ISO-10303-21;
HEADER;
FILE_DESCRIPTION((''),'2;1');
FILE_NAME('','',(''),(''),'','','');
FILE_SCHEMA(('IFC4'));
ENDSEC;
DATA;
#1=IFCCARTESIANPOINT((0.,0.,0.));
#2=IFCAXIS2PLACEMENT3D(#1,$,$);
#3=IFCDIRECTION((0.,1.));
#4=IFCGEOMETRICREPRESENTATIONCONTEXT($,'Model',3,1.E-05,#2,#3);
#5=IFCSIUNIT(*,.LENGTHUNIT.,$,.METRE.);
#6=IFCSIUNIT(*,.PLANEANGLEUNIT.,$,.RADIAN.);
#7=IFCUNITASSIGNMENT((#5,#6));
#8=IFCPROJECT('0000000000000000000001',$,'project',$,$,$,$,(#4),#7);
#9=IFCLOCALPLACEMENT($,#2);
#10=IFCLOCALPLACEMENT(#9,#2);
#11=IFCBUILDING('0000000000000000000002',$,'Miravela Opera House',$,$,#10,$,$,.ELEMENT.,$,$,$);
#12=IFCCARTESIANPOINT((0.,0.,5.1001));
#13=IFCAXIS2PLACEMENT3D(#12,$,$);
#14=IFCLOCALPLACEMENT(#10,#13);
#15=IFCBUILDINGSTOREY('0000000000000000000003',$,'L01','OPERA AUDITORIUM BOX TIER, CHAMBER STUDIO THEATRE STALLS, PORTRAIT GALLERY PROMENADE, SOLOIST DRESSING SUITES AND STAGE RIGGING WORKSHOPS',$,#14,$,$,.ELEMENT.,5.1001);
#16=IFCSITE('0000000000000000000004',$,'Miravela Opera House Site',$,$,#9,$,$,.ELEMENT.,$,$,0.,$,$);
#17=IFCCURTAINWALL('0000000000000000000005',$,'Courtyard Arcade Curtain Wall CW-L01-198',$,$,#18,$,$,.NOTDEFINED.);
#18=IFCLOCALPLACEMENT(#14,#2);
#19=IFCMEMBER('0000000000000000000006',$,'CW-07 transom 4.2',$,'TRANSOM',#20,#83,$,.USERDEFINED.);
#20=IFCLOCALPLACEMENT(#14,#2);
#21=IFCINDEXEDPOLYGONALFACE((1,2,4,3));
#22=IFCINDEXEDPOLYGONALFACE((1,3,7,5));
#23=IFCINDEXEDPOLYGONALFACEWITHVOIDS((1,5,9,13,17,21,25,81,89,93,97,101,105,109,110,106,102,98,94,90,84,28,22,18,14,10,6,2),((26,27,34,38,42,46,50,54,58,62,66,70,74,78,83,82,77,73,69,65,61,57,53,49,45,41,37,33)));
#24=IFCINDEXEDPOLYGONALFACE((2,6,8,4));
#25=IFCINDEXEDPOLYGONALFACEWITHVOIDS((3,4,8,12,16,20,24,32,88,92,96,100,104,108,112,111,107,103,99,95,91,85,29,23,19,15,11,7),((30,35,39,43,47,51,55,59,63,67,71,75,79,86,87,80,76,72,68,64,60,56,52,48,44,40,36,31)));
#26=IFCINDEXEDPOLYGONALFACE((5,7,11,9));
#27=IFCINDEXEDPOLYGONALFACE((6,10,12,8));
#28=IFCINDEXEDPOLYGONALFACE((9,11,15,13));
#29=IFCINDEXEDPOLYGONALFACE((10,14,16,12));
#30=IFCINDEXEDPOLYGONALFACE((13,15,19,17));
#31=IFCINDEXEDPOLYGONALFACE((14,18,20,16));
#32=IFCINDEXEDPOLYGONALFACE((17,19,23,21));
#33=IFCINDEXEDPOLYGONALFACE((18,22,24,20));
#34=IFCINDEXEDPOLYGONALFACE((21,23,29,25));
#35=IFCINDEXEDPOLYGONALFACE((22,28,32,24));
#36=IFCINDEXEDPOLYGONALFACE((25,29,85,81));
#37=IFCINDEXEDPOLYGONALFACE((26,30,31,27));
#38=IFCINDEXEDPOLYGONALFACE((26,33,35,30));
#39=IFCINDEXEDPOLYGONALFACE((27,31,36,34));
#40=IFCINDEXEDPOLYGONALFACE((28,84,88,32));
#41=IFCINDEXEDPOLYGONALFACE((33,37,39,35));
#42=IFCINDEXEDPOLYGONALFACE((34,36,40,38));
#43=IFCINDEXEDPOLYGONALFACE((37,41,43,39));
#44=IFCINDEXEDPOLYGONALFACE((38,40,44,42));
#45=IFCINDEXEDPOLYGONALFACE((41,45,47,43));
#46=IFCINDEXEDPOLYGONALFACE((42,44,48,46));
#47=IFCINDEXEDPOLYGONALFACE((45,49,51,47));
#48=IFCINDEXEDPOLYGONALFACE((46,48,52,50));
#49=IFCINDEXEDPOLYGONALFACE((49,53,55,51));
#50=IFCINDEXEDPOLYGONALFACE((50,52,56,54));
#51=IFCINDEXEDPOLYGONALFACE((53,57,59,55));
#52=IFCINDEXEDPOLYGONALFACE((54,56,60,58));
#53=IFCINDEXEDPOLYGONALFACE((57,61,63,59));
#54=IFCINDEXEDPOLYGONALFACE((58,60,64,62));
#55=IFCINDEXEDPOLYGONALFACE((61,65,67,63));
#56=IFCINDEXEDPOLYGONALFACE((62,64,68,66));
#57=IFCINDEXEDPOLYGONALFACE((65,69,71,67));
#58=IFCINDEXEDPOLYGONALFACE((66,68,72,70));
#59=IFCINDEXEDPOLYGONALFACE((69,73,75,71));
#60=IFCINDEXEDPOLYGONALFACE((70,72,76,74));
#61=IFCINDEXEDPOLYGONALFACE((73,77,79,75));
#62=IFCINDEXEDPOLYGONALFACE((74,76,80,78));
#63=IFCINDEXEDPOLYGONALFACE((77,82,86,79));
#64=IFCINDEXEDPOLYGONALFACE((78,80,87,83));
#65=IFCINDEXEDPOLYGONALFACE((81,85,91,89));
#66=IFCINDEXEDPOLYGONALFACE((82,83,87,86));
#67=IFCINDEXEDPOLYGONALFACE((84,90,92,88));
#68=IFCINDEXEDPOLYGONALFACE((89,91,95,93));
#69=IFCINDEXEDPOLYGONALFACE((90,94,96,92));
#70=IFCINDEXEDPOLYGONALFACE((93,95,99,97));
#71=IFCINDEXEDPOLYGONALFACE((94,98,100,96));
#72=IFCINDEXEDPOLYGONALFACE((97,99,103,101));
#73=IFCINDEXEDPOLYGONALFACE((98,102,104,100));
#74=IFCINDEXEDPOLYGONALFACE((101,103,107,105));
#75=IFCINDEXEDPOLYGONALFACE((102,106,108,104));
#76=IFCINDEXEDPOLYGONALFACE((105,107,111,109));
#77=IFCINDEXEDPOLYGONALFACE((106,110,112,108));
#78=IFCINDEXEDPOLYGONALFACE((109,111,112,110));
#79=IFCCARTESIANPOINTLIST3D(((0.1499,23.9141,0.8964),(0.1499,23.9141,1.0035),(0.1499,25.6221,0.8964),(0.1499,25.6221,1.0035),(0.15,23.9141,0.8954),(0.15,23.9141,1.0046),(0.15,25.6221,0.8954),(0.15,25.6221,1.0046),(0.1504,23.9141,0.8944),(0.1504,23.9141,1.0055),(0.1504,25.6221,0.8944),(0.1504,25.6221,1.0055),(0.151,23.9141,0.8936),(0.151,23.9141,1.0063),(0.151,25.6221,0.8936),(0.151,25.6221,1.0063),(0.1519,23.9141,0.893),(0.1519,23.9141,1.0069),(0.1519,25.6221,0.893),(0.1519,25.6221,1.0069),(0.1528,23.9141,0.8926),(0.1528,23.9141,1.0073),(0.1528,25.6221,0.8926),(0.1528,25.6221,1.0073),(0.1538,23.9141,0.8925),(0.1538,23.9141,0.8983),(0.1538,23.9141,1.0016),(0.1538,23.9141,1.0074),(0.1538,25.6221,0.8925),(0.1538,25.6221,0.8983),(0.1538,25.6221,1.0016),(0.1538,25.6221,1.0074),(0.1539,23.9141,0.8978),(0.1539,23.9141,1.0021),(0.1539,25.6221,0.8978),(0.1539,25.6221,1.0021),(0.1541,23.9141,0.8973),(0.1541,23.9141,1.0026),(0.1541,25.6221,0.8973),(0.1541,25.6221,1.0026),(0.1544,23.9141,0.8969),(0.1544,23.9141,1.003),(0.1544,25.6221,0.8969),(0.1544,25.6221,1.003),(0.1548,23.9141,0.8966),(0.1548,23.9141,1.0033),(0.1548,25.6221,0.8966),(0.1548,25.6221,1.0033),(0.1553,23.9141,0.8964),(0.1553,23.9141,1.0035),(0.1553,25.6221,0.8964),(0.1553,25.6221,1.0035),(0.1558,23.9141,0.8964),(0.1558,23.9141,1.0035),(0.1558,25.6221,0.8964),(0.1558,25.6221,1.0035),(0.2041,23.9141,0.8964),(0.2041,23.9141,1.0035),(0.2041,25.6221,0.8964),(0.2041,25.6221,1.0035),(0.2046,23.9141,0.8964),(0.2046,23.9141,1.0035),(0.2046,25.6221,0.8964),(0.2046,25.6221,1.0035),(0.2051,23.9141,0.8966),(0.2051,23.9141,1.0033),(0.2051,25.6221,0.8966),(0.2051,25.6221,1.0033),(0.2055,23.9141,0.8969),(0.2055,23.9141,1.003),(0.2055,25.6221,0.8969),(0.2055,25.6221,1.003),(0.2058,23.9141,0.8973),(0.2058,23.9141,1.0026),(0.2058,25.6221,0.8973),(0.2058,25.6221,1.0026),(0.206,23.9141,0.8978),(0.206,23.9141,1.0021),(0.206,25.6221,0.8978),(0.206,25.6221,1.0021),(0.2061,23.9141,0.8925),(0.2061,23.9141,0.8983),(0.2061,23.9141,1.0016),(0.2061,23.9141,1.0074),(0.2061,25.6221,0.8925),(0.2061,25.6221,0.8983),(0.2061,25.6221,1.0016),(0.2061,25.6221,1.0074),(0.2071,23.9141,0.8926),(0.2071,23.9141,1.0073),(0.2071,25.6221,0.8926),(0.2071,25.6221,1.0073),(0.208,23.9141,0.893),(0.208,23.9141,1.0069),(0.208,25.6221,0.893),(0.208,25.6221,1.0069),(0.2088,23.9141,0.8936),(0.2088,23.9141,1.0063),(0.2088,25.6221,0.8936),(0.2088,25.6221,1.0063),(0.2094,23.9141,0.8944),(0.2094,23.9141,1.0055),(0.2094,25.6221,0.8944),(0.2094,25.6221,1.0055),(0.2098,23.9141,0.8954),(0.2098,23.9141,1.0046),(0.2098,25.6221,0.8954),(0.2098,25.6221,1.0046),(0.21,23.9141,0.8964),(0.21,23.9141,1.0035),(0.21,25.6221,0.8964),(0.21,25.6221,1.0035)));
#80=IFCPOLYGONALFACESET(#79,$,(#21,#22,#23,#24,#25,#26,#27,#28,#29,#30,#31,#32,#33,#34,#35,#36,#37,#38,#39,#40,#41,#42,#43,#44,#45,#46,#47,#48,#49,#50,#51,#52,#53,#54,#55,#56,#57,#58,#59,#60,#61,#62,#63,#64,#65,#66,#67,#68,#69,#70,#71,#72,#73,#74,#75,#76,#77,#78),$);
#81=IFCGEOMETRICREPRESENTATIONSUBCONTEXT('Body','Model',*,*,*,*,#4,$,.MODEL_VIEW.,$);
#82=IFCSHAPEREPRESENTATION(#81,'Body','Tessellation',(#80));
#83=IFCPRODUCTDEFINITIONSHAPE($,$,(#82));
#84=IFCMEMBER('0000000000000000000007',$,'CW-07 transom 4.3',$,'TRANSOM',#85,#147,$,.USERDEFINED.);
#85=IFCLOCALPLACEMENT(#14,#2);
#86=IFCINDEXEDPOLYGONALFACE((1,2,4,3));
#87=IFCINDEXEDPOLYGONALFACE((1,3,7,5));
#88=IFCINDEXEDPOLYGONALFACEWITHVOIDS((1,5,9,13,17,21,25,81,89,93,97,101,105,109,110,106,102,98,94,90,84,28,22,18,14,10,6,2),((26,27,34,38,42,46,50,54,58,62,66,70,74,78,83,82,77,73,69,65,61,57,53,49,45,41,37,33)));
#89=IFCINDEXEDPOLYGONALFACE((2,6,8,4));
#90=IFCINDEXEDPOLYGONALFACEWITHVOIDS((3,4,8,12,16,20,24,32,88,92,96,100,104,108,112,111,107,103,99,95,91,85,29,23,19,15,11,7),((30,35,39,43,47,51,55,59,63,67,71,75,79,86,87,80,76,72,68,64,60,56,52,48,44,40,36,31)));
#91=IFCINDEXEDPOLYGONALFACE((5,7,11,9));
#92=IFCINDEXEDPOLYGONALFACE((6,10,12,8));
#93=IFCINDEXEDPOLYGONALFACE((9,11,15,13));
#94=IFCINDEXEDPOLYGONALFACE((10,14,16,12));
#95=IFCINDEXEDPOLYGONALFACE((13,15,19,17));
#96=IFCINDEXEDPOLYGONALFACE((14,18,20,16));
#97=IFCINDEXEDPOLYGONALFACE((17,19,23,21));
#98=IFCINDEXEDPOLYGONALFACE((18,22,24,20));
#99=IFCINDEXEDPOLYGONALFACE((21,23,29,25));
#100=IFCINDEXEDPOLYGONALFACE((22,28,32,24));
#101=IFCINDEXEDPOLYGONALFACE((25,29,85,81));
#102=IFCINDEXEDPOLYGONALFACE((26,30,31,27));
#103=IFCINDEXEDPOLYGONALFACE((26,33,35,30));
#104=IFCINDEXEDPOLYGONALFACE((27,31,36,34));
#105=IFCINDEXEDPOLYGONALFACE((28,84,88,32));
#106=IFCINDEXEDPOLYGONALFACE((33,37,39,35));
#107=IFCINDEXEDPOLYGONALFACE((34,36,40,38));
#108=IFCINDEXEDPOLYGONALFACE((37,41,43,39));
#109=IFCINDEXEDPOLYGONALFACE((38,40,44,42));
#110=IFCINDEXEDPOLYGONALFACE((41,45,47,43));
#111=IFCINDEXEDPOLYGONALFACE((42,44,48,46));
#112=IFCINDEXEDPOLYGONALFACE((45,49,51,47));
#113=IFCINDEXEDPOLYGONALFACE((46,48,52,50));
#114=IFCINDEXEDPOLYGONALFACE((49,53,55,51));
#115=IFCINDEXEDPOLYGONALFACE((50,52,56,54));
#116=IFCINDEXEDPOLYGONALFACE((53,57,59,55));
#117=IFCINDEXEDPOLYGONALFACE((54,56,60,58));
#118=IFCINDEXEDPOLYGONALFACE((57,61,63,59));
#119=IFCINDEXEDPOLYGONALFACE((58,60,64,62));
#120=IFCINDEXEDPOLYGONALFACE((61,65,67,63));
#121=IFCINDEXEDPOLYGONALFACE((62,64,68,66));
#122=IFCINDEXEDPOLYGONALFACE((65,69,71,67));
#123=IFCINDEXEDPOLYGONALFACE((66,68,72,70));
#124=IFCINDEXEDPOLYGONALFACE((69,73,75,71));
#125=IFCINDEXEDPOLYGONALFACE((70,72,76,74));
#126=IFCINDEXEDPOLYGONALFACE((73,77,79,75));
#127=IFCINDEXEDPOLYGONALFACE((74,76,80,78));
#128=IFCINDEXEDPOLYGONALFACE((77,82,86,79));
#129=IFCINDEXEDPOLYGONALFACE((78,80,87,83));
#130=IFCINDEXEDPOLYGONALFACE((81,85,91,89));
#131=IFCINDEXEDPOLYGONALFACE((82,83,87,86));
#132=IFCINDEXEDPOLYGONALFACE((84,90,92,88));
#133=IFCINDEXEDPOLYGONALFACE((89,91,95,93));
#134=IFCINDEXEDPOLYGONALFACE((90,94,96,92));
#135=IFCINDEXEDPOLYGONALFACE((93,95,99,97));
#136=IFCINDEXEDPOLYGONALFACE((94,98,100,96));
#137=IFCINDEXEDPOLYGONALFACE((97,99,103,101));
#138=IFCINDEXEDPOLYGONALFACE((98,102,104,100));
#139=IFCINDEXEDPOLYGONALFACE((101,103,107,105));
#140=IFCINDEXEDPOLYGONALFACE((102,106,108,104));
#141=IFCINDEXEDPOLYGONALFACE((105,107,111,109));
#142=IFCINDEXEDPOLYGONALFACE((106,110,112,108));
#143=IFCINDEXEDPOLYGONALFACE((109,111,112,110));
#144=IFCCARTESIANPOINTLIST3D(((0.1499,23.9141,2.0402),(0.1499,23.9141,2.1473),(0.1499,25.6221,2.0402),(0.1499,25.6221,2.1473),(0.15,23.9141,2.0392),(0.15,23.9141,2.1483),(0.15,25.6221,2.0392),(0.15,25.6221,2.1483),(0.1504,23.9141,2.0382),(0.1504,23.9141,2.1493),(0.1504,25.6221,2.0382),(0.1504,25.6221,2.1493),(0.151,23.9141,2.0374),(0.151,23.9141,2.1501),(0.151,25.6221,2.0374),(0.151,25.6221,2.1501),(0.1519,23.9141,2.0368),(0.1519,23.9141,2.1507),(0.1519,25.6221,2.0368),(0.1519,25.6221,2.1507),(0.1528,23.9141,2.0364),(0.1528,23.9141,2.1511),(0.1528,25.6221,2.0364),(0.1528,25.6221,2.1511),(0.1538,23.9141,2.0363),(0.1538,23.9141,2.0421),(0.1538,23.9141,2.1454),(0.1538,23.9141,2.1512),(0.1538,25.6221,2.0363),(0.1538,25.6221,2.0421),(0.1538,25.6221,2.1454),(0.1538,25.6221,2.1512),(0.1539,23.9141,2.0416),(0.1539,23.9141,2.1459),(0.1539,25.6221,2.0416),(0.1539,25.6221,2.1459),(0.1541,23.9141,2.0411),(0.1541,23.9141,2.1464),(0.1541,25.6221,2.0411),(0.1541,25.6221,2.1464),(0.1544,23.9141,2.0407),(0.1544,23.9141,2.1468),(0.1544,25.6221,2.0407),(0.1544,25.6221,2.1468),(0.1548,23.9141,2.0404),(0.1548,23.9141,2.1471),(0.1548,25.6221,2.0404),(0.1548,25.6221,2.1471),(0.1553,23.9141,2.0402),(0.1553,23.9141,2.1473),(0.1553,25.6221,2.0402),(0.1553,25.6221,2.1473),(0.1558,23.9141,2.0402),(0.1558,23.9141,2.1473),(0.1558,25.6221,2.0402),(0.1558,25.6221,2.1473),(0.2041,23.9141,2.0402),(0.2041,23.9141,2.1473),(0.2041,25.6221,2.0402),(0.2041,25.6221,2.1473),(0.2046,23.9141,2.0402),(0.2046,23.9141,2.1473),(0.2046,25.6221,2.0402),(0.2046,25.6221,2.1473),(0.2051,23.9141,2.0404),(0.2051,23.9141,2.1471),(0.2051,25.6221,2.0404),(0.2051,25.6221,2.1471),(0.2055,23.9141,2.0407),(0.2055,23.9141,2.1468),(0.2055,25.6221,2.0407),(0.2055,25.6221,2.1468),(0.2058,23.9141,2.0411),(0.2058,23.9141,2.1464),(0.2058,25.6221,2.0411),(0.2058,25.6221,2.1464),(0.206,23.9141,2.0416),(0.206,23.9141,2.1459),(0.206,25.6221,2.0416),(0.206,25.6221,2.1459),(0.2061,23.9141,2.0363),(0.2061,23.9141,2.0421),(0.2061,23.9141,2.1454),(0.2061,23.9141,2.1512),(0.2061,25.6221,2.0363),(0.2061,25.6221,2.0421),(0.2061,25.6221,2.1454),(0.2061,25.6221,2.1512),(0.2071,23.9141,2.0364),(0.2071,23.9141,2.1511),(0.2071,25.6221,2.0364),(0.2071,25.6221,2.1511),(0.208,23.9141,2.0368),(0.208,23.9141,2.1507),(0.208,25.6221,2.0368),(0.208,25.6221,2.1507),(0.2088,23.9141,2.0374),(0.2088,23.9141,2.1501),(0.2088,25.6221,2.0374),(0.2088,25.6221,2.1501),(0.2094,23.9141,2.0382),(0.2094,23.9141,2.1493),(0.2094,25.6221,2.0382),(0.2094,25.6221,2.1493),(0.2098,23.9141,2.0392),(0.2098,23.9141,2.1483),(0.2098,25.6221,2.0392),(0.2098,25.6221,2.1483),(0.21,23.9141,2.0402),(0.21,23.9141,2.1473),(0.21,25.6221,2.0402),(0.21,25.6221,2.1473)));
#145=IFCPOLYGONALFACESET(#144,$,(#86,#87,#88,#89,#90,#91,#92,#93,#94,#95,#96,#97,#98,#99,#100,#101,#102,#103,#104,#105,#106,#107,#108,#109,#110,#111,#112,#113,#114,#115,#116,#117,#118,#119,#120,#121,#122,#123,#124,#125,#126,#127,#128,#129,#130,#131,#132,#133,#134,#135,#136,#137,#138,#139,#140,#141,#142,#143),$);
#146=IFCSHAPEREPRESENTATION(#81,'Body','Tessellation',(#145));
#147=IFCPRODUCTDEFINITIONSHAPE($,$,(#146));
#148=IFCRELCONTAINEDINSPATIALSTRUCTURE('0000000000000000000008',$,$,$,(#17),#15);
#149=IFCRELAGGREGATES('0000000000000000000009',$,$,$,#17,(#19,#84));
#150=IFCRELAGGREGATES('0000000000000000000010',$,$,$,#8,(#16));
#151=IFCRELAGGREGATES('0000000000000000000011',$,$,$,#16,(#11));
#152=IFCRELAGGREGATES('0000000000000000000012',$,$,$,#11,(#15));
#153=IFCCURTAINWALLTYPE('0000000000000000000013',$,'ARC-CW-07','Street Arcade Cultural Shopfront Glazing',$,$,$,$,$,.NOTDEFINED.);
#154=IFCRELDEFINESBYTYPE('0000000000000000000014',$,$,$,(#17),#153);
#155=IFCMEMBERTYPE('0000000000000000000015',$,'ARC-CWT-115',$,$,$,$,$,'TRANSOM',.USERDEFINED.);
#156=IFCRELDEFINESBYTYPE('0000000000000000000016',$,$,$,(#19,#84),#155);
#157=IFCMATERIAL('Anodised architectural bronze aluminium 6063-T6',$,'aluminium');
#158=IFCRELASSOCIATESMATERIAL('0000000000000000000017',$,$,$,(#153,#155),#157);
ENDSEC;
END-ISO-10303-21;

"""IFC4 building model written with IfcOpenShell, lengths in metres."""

from ifc_helpers import new_model, si_unit, direction, frame, origin, origin_2d, place, context, subcontext, project, spatial, hollow_rectangle, extrude, material, material_profile, profile_set, type_object, element, aggregate, save


model = new_model("IFC4")

# Units and contexts
model_context = context("Model", 3, precision=1e-05, world=origin(), true_north=direction((0.0, 1.0)))
body_context = subcontext(model_context, "Body", "Model", "MODEL_VIEW")
ifc_project = project(units=[si_unit("LENGTHUNIT", "METRE"), si_unit("PLANEANGLEUNIT", "RADIAN")], contexts=[model_context])

# Site, building, storey
site_placement = place(None, origin())
site = spatial("IfcSite", under=ifc_project, at=site_placement, Name="Miravela Opera House Site", CompositionType="ELEMENT", RefElevation=0.0)
building_placement = place(site_placement, origin())
building = spatial("IfcBuilding", under=site, at=building_placement, Name="Miravela Opera House", CompositionType="ELEMENT")
storey_placement = place(building_placement, frame((0.0, 0.0, 5.1001)))
storey = spatial("IfcBuildingStorey", under=building, at=storey_placement, Name="L01", Description="OPERA AUDITORIUM BOX TIER, CHAMBER STUDIO THEATRE STALLS, PORTRAIT GALLERY PROMENADE, SOLOIST DRESSING SUITES AND STAGE RIGGING WORKSHOPS", CompositionType="ELEMENT", Elevation=5.1001)

# Shared definitions
ifc_material_1 = material(Name="Anodised architectural bronze aluminium 6063-T6", Category="aluminium")

# Curtain wall, members
curtain_wall_type_1 = type_object("IfcCurtainWallType", Name="ARC-CW-07", Description="Street Arcade Cultural Shopfront Glazing", PredefinedType="NOTDEFINED", material=ifc_material_1)
curtain_wall_1_placement = place(storey_placement, origin())
curtain_wall_1 = element("IfcCurtainWall", 1, at=curtain_wall_1_placement, inside=storey, type_object=curtain_wall_type_1, Name="Courtyard Arcade Curtain Wall CW-L01-198", PredefinedType="NOTDEFINED")
ifc_material_profile_1 = material_profile(ifc_material_1, hollow_rectangle(XDim=0.0601, YDim=0.115, WallThickness=0.0039, InnerFilletRadius=0.002, OuterFilletRadius=0.0039, at=origin_2d()), Name="CWT-60X115")
ifc_profile_set_1 = profile_set([ifc_material_profile_1])
member_type_1 = type_object("IfcMemberType", Name="ARC-CWT-115", ElementType="TRANSOM", PredefinedType="USERDEFINED", material=ifc_profile_set_1)
member_1_placement = place(storey_placement, frame((0.1799, 23.9141, 0.95), z_axis=(0.0, 1.0, 0.0), x_axis=(-1.0, 0.0, 0.0)))
member_1 = element("IfcMember", 2, at=member_1_placement, type_object=member_type_1, Name="CW-07 transom 4.2", ObjectType="TRANSOM", PredefinedType="USERDEFINED", context=body_context, shape_type="SweptSolid", body=[
    extrude(hollow_rectangle(XDim=0.0601, YDim=0.115, WallThickness=0.0039, InnerFilletRadius=0.002, OuterFilletRadius=0.0039, at=origin_2d()), origin(), (0.0, 0.0, 1.0), 1.708),
])
member_2_placement = place(storey_placement, frame((0.1799, 23.9141, 2.0938), z_axis=(0.0, 1.0, 0.0), x_axis=(-1.0, 0.0, 0.0)))
member_2 = element("IfcMember", 3, at=member_2_placement, type_object=member_type_1, Name="CW-07 transom 4.3", ObjectType="TRANSOM", PredefinedType="USERDEFINED", context=body_context, shape_type="SweptSolid", body=[
    extrude(hollow_rectangle(XDim=0.0601, YDim=0.115, WallThickness=0.0039, InnerFilletRadius=0.002, OuterFilletRadius=0.0039, at=origin_2d()), origin(), (0.0, 0.0, 1.0), 1.708),
])

aggregate(curtain_wall_1, [member_1, member_2])

save(model, "model.ifc")
